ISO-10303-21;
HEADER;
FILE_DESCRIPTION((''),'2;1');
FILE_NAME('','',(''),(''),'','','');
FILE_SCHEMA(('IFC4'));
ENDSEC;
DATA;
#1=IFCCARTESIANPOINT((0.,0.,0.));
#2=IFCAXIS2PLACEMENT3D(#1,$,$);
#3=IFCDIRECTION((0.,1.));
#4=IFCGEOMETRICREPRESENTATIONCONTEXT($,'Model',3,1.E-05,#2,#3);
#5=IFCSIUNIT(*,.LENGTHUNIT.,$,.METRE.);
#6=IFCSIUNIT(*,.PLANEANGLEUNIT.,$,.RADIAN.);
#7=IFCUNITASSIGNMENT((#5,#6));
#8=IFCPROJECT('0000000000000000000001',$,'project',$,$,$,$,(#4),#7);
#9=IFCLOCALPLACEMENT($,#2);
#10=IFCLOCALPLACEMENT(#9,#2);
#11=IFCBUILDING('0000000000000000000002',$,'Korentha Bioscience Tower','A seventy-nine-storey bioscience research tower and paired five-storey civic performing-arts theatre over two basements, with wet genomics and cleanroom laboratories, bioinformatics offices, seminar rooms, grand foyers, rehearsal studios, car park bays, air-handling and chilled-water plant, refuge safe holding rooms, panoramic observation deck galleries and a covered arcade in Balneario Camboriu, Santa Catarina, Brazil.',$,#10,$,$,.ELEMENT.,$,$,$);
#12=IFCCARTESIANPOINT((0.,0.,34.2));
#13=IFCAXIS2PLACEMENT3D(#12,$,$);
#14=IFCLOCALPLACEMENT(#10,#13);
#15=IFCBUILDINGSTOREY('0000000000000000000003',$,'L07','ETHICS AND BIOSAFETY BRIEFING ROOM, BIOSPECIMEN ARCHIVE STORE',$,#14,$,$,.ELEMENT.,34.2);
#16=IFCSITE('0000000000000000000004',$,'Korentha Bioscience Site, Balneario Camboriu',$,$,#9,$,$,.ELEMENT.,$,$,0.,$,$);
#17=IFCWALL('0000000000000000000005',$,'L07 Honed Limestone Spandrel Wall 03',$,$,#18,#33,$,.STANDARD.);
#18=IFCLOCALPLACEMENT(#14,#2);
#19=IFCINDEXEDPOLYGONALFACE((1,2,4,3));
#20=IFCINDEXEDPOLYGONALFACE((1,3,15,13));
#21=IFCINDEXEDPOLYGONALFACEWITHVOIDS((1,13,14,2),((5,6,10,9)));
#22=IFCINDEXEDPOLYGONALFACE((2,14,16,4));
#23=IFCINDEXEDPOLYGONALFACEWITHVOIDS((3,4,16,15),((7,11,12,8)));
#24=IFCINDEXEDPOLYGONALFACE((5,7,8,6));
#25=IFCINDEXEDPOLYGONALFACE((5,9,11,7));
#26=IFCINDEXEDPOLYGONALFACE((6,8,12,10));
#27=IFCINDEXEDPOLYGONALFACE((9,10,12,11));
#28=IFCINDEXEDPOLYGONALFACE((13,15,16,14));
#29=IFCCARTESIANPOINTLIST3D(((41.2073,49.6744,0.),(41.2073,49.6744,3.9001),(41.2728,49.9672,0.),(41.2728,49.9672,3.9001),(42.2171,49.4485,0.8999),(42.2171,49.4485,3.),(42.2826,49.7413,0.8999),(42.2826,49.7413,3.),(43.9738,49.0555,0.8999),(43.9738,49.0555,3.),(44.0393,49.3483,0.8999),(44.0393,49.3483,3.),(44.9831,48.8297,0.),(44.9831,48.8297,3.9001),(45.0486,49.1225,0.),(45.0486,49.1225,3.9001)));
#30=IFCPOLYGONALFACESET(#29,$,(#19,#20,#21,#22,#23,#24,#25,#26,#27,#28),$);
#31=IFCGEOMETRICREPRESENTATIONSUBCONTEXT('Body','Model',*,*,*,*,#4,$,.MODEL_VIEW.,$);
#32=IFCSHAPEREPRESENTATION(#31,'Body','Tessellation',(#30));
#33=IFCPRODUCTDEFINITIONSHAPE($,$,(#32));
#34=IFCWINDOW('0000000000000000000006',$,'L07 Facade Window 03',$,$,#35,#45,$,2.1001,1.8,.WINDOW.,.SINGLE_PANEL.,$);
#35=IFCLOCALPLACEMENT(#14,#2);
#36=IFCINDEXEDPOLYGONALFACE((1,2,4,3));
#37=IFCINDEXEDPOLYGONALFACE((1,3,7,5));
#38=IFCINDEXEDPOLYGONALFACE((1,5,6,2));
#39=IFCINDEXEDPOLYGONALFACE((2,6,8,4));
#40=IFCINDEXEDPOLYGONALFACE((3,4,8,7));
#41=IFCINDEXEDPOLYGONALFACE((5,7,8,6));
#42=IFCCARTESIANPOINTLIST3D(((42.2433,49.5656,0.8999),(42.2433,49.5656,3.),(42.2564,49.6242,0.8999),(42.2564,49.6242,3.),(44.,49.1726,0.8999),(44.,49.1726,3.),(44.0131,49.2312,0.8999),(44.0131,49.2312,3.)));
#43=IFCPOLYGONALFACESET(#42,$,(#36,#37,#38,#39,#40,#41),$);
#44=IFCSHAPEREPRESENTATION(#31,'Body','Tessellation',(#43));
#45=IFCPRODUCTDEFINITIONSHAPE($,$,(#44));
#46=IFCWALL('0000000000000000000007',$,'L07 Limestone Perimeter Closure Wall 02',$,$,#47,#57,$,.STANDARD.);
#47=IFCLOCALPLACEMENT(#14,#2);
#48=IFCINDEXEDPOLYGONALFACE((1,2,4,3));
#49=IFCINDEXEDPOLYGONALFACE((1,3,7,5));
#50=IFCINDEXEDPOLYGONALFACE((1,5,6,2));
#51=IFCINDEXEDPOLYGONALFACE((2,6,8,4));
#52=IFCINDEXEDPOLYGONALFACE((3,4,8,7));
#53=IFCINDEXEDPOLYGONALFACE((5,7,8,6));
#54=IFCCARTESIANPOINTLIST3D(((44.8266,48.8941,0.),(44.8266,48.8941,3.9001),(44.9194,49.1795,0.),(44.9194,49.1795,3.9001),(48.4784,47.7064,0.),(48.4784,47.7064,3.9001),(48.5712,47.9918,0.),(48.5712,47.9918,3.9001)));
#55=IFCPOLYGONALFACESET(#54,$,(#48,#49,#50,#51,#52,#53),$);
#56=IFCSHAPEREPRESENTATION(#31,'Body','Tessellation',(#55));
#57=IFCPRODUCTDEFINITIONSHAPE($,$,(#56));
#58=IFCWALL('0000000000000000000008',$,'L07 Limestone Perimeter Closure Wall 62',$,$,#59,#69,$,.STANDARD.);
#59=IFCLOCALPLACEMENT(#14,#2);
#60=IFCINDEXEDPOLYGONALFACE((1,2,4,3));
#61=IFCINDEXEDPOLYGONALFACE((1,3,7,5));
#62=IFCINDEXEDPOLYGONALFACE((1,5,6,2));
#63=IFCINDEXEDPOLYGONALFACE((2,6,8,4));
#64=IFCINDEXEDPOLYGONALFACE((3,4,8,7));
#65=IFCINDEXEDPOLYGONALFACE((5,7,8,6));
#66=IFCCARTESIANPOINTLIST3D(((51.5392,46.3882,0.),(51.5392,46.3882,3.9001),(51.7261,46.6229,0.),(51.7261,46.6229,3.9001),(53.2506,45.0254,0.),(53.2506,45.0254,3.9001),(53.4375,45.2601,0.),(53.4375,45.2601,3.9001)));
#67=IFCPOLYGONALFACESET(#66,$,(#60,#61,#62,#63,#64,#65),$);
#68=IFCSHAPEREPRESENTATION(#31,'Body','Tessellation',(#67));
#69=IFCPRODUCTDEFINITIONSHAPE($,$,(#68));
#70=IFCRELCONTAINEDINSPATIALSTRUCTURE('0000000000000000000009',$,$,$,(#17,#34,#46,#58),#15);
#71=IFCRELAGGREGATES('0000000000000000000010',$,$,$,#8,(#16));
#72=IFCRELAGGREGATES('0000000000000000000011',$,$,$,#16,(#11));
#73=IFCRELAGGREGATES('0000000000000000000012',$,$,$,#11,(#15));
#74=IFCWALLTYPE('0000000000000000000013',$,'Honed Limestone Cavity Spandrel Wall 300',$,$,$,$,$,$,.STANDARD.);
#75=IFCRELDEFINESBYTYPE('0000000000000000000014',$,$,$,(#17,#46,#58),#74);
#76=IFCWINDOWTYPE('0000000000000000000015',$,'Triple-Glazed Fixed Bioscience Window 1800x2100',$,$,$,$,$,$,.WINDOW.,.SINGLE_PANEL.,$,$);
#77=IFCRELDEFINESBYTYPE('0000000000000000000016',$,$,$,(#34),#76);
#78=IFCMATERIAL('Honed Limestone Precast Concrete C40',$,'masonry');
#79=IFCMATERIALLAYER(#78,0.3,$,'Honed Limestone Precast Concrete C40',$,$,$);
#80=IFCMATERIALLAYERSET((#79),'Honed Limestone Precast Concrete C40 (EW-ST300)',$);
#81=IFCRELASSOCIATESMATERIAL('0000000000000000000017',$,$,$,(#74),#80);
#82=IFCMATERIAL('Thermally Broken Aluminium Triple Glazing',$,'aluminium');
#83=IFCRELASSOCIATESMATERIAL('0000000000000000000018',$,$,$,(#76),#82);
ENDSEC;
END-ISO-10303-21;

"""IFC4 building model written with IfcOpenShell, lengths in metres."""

from ifc_helpers import new_model, si_unit, direction, frame, frame_2d, origin, place, context, subcontext, project, spatial, rectangle, extrude, material, layer, layer_set, type_object, element, fill, save


model = new_model("IFC4")

# Units and contexts
model_context = context("Model", 3, precision=1e-05, world=origin(), true_north=direction((0.0, 1.0)))
body_context = subcontext(model_context, "Body", "Model", "MODEL_VIEW")
ifc_project = project(units=[si_unit("LENGTHUNIT", "METRE"), si_unit("PLANEANGLEUNIT", "RADIAN")], contexts=[model_context])

# Site, building, storey
site_placement = place(None, origin())
site = spatial("IfcSite", under=ifc_project, at=site_placement, Name="Korentha Bioscience Site, Balneario Camboriu", CompositionType="ELEMENT", RefElevation=0.0)
building_placement = place(site_placement, origin())
building = spatial("IfcBuilding", under=site, at=building_placement, Name="Korentha Bioscience Tower", Description="A seventy-nine-storey bioscience research tower and paired five-storey civic performing-arts theatre over two basements, with wet genomics and cleanroom laboratories, bioinformatics offices, seminar rooms, grand foyers, rehearsal studios, car park bays, air-handling and chilled-water plant, refuge safe holding rooms, panoramic observation deck galleries and a covered arcade in Balneario Camboriu, Santa Catarina, Brazil.", CompositionType="ELEMENT")
storey_placement = place(building_placement, frame((0.0, 0.0, 34.2)))
storey = spatial("IfcBuildingStorey", under=building, at=storey_placement, Name="L07", Description="ETHICS AND BIOSAFETY BRIEFING ROOM, BIOSPECIMEN ARCHIVE STORE", CompositionType="ELEMENT", Elevation=34.2)

# Wall, opening, window
ifc_material_1 = material(Name="Honed Limestone Precast Concrete C40", Category="masonry")
ifc_layer_1 = layer(ifc_material_1, 0.3, Name="Honed Limestone Precast Concrete C40")
ifc_layer_set_1 = layer_set([ifc_layer_1], Name="Honed Limestone Precast Concrete C40 (EW-ST300)")
wall_type_1 = type_object("IfcWallType", Name="Honed Limestone Cavity Spandrel Wall 300", PredefinedType="STANDARD", material=ifc_layer_set_1)
wall_1_placement = place(storey_placement, frame((45.0159, 48.9761, 0.0), z_axis=(0.0, 0.0, 1.0), x_axis=(-0.975877, 0.21832, 0.0)))
wall_1 = element("IfcWall", 1, at=wall_1_placement, inside=storey, type_object=wall_type_1, Name="L07 Honed Limestone Spandrel Wall 03", PredefinedType="STANDARD", context=body_context, shape_type="SweptSolid", body=[
    extrude(rectangle(XDim=3.8691, YDim=0.3, at=frame_2d((1.9346, 0.0))), origin(), (0.0, 0.0, 1.0), 3.9001),
])
opening_1_placement = place(wall_1_placement, frame((1.0344, 0.0, 0.8999)))
opening_1 = element("IfcOpeningElement", 2, at=opening_1_placement, cuts=wall_1, PredefinedType="OPENING", context=body_context, shape_type="SweptSolid", body=[
    extrude(rectangle(XDim=1.8, YDim=2.1001, at=frame_2d((0.8999, 1.05))), frame((0.0, 0.165, 0.0), z_axis=(0.0, -1.0, 0.0), x_axis=(1.0, 0.0, 0.0)), (0.0, 0.0, 1.0), 0.3298),
])
ifc_material_2 = material(Name="Thermally Broken Aluminium Triple Glazing", Category="aluminium")
window_type = type_object("IfcWindowType", Name="Triple-Glazed Fixed Bioscience Window 1800x2100", PartitioningType="SINGLE_PANEL", PredefinedType="WINDOW", material=ifc_material_2)
window_placement = place(opening_1_placement, origin())
window = element("IfcWindow", 3, at=window_placement, inside=storey, type_object=window_type, Name="L07 Facade Window 03", OverallHeight=2.1001, OverallWidth=1.8, PartitioningType="SINGLE_PANEL", PredefinedType="WINDOW", context=body_context, shape_type="SweptSolid", body=[
    extrude(rectangle(XDim=1.8, YDim=2.1001, at=frame_2d((0.8999, 1.05))), frame((0.0, 0.03, 0.0), z_axis=(0.0, -1.0, 0.0), x_axis=(1.0, 0.0, 0.0)), (0.0, 0.0, 1.0), 0.0601),
])
fill(opening_1, window)

# Walls
wall_2_placement = place(storey_placement, frame((48.5247, 47.8491, 0.0), z_axis=(0.0, 0.0, 1.0), x_axis=(-0.950966, 0.309296, 0.0)))
element("IfcWall", 4, at=wall_2_placement, inside=storey, type_object=wall_type_1, Name="L07 Limestone Perimeter Closure Wall 02", PredefinedType="STANDARD", context=body_context, shape_type="SweptSolid", body=[
    extrude(rectangle(XDim=3.8401, YDim=0.3, at=frame_2d((1.9199, 0.0))), origin(), (0.0, 0.0, 1.0), 3.9001),
])
wall_3_placement = place(storey_placement, frame((53.344, 45.1428, 0.0), z_axis=(0.0, 0.0, 1.0), x_axis=(-0.782282, 0.622924, 0.0)))
element("IfcWall", 5, at=wall_3_placement, inside=storey, type_object=wall_type_1, Name="L07 Limestone Perimeter Closure Wall 62", PredefinedType="STANDARD", context=body_context, shape_type="SweptSolid", body=[
    extrude(rectangle(XDim=2.1877, YDim=0.3, at=frame_2d((1.0938, 0.0))), origin(), (0.0, 0.0, 1.0), 3.9001),
])

save(model, "model.ifc")
